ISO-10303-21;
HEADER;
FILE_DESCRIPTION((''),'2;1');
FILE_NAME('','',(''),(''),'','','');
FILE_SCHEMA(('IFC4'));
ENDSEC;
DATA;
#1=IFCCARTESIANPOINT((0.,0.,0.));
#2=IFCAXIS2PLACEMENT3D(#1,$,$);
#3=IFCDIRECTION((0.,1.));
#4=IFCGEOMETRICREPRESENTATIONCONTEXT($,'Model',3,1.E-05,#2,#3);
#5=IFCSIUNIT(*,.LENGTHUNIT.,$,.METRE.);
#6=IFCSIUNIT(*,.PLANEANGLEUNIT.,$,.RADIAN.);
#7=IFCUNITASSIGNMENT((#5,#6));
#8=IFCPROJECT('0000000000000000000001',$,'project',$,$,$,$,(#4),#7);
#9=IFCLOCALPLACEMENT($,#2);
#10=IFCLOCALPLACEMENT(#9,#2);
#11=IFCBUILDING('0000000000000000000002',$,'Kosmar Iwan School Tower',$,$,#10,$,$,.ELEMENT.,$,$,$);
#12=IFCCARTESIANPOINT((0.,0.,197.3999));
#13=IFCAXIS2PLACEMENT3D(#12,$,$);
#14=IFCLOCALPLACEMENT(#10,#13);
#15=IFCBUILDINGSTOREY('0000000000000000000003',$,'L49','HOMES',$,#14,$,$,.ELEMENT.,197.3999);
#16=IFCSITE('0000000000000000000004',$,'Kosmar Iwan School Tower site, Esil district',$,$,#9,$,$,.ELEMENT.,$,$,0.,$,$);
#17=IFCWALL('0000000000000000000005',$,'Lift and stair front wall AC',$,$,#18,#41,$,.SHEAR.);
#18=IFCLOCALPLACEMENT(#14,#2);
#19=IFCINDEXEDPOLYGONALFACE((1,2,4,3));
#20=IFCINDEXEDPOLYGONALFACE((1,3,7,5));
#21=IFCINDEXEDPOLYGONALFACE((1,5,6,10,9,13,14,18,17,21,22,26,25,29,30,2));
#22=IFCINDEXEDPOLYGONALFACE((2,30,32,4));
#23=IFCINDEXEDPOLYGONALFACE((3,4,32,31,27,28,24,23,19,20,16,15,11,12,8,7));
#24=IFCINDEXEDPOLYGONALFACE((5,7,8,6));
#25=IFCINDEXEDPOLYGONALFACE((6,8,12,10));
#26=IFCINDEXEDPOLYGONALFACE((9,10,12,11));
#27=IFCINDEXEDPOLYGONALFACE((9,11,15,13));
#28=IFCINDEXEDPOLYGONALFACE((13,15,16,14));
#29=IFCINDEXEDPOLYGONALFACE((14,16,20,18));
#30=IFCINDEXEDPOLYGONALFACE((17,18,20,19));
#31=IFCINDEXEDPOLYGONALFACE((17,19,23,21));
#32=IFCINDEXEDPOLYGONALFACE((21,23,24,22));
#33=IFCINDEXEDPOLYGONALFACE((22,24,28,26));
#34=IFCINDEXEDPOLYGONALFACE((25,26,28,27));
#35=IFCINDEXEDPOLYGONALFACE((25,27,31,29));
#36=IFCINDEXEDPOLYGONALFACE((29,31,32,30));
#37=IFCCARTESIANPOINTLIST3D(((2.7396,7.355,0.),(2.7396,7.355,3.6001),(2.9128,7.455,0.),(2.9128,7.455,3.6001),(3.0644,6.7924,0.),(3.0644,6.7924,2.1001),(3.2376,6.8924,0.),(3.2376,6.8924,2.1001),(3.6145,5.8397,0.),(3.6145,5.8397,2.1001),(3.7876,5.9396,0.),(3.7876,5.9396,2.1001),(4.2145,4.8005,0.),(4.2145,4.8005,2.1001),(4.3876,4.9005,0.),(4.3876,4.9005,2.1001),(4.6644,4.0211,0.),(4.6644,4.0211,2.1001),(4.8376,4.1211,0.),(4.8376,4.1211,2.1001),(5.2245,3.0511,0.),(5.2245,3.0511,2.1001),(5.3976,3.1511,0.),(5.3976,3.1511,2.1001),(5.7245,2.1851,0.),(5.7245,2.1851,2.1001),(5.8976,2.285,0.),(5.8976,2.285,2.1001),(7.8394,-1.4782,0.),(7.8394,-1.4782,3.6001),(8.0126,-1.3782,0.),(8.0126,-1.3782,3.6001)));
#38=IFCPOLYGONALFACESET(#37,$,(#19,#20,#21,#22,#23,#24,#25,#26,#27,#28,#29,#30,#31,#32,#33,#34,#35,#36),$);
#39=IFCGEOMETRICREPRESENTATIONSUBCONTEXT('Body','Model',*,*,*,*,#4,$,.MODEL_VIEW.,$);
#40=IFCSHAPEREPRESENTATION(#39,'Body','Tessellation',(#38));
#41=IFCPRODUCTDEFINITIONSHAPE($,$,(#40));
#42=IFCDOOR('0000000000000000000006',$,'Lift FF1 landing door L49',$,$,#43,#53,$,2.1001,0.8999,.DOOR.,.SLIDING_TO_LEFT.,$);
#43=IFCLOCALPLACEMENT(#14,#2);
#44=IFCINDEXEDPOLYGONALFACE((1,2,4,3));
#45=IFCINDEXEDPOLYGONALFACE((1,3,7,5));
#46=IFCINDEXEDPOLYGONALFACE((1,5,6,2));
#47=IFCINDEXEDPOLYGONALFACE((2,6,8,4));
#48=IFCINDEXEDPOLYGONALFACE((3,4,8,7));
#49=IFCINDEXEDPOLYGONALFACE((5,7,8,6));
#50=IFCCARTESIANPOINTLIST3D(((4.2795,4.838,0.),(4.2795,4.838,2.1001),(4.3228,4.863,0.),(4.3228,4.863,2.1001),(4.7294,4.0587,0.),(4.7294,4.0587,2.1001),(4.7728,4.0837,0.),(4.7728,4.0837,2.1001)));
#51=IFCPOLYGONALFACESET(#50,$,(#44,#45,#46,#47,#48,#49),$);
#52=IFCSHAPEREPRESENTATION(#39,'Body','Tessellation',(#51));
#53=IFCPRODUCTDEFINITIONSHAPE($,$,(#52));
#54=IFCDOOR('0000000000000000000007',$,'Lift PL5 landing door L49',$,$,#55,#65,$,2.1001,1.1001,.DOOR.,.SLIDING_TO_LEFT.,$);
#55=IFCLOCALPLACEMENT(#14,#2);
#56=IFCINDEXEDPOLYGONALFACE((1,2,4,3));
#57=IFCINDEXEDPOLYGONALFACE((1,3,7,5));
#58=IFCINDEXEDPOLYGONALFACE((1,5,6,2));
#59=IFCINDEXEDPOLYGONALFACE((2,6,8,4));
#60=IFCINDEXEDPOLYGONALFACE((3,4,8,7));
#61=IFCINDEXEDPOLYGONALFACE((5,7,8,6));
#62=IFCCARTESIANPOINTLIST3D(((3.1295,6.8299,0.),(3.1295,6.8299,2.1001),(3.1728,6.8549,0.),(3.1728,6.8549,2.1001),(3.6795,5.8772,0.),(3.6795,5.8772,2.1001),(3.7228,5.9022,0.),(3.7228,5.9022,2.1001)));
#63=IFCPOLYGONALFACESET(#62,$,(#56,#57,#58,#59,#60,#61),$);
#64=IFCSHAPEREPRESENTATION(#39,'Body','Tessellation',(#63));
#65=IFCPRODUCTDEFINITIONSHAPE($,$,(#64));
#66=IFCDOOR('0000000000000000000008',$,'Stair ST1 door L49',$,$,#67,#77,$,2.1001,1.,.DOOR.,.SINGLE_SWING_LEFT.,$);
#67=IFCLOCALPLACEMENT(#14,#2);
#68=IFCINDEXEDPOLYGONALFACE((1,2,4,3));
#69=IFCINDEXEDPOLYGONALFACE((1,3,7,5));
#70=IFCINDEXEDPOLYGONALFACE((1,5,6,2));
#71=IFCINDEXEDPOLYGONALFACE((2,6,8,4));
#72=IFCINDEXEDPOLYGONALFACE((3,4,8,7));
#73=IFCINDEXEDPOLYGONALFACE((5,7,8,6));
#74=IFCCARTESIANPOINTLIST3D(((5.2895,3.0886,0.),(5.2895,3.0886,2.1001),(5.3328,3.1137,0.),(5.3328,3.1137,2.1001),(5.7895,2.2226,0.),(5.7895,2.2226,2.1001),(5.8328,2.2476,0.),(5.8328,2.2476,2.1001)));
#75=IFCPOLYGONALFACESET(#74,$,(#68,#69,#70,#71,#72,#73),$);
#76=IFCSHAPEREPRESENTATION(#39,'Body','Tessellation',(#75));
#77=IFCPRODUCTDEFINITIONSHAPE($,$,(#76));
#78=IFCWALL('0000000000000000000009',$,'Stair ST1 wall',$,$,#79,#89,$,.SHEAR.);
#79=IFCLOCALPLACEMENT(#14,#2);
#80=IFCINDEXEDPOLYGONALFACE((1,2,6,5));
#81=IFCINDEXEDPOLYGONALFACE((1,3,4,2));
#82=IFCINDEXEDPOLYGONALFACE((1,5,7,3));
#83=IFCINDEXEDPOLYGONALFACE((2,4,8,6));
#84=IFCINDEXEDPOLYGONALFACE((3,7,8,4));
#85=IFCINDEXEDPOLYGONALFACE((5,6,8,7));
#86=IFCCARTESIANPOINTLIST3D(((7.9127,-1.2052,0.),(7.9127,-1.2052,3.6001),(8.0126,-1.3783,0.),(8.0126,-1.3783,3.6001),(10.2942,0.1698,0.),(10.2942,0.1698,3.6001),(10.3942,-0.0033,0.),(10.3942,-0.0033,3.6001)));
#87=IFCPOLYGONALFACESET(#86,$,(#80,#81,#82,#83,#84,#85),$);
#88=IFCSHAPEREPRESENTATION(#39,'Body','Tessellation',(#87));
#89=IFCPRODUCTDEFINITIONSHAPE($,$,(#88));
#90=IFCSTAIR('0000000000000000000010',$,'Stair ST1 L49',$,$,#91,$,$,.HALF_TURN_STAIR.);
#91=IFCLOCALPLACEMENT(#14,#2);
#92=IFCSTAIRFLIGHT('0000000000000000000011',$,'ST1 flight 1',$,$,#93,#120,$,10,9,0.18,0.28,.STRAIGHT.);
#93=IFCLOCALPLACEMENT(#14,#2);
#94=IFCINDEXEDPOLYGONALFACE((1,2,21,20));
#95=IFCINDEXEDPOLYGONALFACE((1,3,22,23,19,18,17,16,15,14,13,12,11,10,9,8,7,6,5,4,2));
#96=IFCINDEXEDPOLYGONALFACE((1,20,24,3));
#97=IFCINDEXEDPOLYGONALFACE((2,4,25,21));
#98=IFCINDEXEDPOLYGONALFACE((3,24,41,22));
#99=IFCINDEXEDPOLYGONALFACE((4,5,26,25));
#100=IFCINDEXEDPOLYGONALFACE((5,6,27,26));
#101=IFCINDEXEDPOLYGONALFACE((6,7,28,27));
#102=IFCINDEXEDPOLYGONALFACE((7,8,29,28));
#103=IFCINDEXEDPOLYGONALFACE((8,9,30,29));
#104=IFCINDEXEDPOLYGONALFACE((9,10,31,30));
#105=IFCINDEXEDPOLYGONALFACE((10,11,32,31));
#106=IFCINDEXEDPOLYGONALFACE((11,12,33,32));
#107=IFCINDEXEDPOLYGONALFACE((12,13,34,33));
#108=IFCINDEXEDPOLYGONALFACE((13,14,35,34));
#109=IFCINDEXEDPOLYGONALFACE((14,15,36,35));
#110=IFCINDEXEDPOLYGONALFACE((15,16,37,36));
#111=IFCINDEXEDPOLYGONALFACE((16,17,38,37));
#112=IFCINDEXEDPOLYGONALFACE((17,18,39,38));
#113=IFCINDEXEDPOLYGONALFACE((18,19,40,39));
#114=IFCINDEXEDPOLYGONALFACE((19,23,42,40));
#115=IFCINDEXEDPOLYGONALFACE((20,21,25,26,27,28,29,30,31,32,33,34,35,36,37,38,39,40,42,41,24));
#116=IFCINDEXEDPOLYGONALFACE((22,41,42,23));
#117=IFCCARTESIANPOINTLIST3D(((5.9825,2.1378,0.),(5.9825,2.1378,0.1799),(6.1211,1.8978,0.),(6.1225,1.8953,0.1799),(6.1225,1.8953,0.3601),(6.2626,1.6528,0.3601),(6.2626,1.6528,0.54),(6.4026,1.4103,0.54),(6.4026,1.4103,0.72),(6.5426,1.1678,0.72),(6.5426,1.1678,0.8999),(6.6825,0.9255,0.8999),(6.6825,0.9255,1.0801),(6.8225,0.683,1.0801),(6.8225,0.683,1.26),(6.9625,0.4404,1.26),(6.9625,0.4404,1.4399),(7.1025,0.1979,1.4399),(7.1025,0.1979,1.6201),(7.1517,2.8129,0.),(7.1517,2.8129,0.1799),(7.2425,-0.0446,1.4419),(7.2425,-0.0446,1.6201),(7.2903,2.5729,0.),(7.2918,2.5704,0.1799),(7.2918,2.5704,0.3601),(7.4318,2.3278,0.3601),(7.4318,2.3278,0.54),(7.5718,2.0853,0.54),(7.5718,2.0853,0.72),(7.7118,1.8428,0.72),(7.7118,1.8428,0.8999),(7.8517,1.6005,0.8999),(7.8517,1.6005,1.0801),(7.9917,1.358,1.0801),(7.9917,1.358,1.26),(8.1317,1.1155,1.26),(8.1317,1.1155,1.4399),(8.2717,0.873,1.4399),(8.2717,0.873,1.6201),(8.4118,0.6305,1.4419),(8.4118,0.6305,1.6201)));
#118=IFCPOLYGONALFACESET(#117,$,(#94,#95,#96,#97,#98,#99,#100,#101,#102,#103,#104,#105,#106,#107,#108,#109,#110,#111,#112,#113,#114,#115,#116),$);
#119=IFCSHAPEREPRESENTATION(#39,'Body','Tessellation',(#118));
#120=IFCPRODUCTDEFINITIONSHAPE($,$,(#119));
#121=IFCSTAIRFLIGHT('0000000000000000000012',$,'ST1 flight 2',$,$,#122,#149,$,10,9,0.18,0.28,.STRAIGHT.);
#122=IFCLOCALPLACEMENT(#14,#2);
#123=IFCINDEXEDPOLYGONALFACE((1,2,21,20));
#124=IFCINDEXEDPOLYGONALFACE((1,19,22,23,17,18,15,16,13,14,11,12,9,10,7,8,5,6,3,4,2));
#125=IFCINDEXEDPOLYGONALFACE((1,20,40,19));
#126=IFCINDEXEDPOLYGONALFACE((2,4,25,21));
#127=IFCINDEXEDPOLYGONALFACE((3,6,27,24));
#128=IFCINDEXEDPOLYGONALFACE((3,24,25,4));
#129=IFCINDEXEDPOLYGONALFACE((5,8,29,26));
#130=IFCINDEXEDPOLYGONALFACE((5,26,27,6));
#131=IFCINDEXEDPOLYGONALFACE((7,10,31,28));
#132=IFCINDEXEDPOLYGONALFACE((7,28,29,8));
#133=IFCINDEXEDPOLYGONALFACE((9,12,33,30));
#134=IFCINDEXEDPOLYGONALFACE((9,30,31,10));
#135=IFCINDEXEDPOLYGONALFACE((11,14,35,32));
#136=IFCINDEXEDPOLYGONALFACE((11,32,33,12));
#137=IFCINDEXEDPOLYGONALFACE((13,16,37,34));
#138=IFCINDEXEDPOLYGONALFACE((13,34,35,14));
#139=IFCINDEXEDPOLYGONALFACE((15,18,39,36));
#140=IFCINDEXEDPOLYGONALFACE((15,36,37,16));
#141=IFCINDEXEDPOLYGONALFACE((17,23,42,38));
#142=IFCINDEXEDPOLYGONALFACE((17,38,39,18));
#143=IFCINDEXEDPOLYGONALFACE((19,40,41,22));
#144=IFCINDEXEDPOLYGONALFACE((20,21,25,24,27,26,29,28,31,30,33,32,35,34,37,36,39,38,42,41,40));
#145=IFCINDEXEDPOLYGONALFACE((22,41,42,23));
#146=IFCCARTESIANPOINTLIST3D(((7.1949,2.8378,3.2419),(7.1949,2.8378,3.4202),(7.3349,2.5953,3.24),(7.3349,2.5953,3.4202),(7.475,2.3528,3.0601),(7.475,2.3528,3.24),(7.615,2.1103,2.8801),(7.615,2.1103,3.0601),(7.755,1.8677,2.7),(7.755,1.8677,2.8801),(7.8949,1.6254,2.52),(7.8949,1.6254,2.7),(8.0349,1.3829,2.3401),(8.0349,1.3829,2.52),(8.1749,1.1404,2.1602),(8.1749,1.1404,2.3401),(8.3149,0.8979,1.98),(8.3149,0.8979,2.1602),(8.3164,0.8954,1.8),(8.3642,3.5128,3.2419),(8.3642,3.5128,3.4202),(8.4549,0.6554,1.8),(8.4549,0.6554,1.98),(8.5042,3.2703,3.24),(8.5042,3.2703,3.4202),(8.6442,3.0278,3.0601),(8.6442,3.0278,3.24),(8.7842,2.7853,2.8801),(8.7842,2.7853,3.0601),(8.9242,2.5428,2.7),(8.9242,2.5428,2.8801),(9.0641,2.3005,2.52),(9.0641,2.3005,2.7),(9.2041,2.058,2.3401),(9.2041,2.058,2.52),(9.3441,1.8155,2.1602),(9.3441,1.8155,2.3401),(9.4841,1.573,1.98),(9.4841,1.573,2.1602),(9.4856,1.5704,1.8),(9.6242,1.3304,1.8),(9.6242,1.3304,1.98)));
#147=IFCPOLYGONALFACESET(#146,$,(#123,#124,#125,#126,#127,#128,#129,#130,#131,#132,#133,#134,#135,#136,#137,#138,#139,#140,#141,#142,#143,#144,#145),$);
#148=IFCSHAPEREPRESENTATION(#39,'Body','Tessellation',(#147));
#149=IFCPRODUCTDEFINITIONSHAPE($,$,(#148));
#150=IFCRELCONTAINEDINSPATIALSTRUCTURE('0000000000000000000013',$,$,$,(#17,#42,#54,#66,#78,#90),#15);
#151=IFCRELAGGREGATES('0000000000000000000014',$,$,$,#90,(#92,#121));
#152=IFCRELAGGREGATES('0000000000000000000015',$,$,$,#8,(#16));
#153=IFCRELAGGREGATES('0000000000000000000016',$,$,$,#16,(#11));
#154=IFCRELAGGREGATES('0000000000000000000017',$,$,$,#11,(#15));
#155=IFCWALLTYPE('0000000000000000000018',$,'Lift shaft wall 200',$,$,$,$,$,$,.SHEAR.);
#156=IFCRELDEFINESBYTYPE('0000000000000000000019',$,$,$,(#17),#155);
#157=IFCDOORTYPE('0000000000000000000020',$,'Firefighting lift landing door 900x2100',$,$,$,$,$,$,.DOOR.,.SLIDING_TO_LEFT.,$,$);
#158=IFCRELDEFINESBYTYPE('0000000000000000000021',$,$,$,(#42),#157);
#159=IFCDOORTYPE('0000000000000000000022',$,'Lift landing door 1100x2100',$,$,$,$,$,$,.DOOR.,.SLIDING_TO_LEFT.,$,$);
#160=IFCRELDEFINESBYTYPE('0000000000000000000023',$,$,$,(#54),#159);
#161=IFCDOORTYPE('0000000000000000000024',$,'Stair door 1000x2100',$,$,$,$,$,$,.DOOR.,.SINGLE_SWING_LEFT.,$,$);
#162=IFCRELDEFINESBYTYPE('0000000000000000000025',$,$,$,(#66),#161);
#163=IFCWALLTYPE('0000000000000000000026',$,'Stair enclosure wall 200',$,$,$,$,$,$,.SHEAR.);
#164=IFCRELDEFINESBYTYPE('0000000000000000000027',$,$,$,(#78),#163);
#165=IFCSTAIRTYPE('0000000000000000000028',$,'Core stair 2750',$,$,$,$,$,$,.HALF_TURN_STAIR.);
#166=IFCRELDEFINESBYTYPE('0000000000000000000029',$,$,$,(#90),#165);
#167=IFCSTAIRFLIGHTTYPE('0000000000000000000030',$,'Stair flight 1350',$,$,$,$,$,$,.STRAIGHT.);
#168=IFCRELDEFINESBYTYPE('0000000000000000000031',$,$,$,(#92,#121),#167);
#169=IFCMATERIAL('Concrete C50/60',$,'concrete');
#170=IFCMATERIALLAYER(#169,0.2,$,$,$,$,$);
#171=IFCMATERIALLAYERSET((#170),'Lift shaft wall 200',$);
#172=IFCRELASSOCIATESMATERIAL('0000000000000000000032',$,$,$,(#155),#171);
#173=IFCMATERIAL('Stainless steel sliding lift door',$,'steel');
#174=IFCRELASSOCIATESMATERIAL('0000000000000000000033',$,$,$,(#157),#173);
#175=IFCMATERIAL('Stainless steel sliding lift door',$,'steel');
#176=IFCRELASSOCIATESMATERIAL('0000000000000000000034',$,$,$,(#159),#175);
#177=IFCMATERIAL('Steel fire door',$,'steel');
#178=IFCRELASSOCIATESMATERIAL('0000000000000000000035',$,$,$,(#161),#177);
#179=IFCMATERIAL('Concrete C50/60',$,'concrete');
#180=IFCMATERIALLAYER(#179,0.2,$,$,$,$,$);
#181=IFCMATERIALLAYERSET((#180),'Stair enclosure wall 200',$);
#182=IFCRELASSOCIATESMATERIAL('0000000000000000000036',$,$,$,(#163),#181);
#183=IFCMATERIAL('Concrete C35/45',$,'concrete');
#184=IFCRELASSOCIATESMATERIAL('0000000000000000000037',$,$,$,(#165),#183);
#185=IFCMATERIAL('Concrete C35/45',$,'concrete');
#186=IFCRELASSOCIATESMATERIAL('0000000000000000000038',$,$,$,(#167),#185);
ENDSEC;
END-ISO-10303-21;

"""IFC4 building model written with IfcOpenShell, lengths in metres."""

from ifc_helpers import new_model, si_unit, direction, frame, frame_2d, origin, place, context, subcontext, project, spatial, polyline, rectangle, outline, extrude, material, layer, layer_set, type_object, element, fill, aggregate, save


model = new_model("IFC4")

# Units and contexts
model_context = context("Model", 3, precision=1e-05, world=origin(), true_north=direction((0.0, 1.0)))
body_context = subcontext(model_context, "Body", "Model", "MODEL_VIEW")
ifc_project = project(units=[si_unit("LENGTHUNIT", "METRE"), si_unit("PLANEANGLEUNIT", "RADIAN")], contexts=[model_context])

# Site, building, storey
site_placement = place(None, origin())
site = spatial("IfcSite", under=ifc_project, at=site_placement, Name="Kosmar Iwan School Tower site, Esil district", CompositionType="ELEMENT", RefElevation=0.0)
building_placement = place(site_placement, origin())
building = spatial("IfcBuilding", under=site, at=building_placement, Name="Kosmar Iwan School Tower", CompositionType="ELEMENT")
storey_placement = place(building_placement, frame((0.0, 0.0, 197.3999)))
storey = spatial("IfcBuildingStorey", under=building, at=storey_placement, Name="L49", Description="HOMES", CompositionType="ELEMENT", Elevation=197.3999)

# Wall, openings, doors
ifc_material_1 = material(Name="Concrete C50/60", Category="concrete")
ifc_layer_1 = layer(ifc_material_1, 0.2)
ifc_layer_set_1 = layer_set([ifc_layer_1], Name="Lift shaft wall 200")
wall_type_1 = type_object("IfcWallType", Name="Lift shaft wall 200", PredefinedType="SHEAR", material=ifc_layer_set_1)
wall_1_placement = place(storey_placement, frame((7.926, -1.4282, 0.0), z_axis=(0.0, 0.0, 1.0), x_axis=(-0.499998, 0.866027, 0.0)))
wall_1 = element("IfcWall", 1, at=wall_1_placement, inside=storey, type_object=wall_type_1, Name="Lift and stair front wall AC", PredefinedType="SHEAR", context=body_context, shape_type="SweptSolid", body=[
    extrude(rectangle(XDim=10.1997, YDim=0.2, at=frame_2d((5.0999, 0.0))), origin(), (0.0, 0.0, 1.0), 3.6001),
])
opening_1_placement = place(wall_1_placement, frame((6.3501, 0.0, 0.0)))
opening_1 = element("IfcOpeningElement", 2, at=opening_1_placement, cuts=wall_1, PredefinedType="OPENING", context=body_context, shape_type="SweptSolid", body=[
    extrude(rectangle(XDim=0.8999, YDim=2.1001, at=frame_2d((0.45, 1.05))), frame((0.0, 0.1121, 0.0), z_axis=(0.0, -1.0, 0.0), x_axis=(1.0, 0.0, 0.0)), (0.0, 0.0, 1.0), 0.2239),
])
opening_2_placement = place(wall_1_placement, frame((8.45, 0.0, 0.0)))
opening_2 = element("IfcOpeningElement", 3, at=opening_2_placement, cuts=wall_1, PredefinedType="OPENING", context=body_context, shape_type="SweptSolid", body=[
    extrude(rectangle(XDim=1.1001, YDim=2.1001, at=frame_2d((0.55, 1.05))), frame((0.0, 0.1121, 0.0), z_axis=(0.0, -1.0, 0.0), x_axis=(1.0, 0.0, 0.0)), (0.0, 0.0, 1.0), 0.2239),
])
opening_3_placement = place(wall_1_placement, frame((4.23, 0.0, 0.0)))
opening_3 = element("IfcOpeningElement", 4, at=opening_3_placement, cuts=wall_1, PredefinedType="OPENING", context=body_context, shape_type="SweptSolid", body=[
    extrude(rectangle(XDim=1.0, YDim=2.1001, at=frame_2d((0.5, 1.05))), frame((0.0, 0.1121, 0.0), z_axis=(0.0, -1.0, 0.0), x_axis=(1.0, 0.0, 0.0)), (0.0, 0.0, 1.0), 0.2239),
])
ifc_material_2 = material(Name="Stainless steel sliding lift door", Category="steel")
door_type_1 = type_object("IfcDoorType", Name="Firefighting lift landing door 900x2100", OperationType="SLIDING_TO_LEFT", PredefinedType="DOOR", material=ifc_material_2)
door_1_placement = place(opening_1_placement, origin())
door_1 = element("IfcDoor", 5, at=door_1_placement, inside=storey, type_object=door_type_1, Name="Lift FF1 landing door L49", OperationType="SLIDING_TO_LEFT", OverallHeight=2.1001, OverallWidth=0.8999, PredefinedType="DOOR", context=body_context, shape_type="SweptSolid", body=[
    extrude(rectangle(XDim=0.8999, YDim=2.1001, at=frame_2d((0.45, 1.05))), frame((0.0, 0.0249, 0.0), z_axis=(0.0, -1.0, 0.0), x_axis=(1.0, 0.0, 0.0)), (0.0, 0.0, 1.0), 0.05),
])
fill(opening_1, door_1)
ifc_material_3 = material(Name="Stainless steel sliding lift door", Category="steel")
door_type_2 = type_object("IfcDoorType", Name="Lift landing door 1100x2100", OperationType="SLIDING_TO_LEFT", PredefinedType="DOOR", material=ifc_material_3)
door_2_placement = place(opening_2_placement, origin())
door_2 = element("IfcDoor", 6, at=door_2_placement, inside=storey, type_object=door_type_2, Name="Lift PL5 landing door L49", OperationType="SLIDING_TO_LEFT", OverallHeight=2.1001, OverallWidth=1.1001, PredefinedType="DOOR", context=body_context, shape_type="SweptSolid", body=[
    extrude(rectangle(XDim=1.1001, YDim=2.1001, at=frame_2d((0.55, 1.05))), frame((0.0, 0.0249, 0.0), z_axis=(0.0, -1.0, 0.0), x_axis=(1.0, 0.0, 0.0)), (0.0, 0.0, 1.0), 0.05),
])
fill(opening_2, door_2)
ifc_material_4 = material(Name="Steel fire door", Category="steel")
door_type_3 = type_object("IfcDoorType", Name="Stair door 1000x2100", OperationType="SINGLE_SWING_LEFT", PredefinedType="DOOR", material=ifc_material_4)
door_3_placement = place(opening_3_placement, origin())
door_3 = element("IfcDoor", 7, at=door_3_placement, inside=storey, type_object=door_type_3, Name="Stair ST1 door L49", OperationType="SINGLE_SWING_LEFT", OverallHeight=2.1001, OverallWidth=1.0, PredefinedType="DOOR", context=body_context, shape_type="SweptSolid", body=[
    extrude(rectangle(XDim=1.0, YDim=2.1001, at=frame_2d((0.5, 1.05))), frame((0.0, 0.0249, 0.0), z_axis=(0.0, -1.0, 0.0), x_axis=(1.0, 0.0, 0.0)), (0.0, 0.0, 1.0), 0.05),
])
fill(opening_3, door_3)

# Wall
ifc_material_5 = material(Name="Concrete C50/60", Category="concrete")
ifc_layer_2 = layer(ifc_material_5, 0.2)
ifc_layer_set_2 = layer_set([ifc_layer_2], Name="Stair enclosure wall 200")
wall_type_2 = type_object("IfcWallType", Name="Stair enclosure wall 200", PredefinedType="SHEAR", material=ifc_layer_set_2)
wall_2_placement = place(storey_placement, frame((7.9626, -1.2917, 0.0), z_axis=(0.0, 0.0, 1.0), x_axis=(0.866027, 0.499997, 0.0)))
element("IfcWall", 8, at=wall_2_placement, inside=storey, type_object=wall_type_2, Name="Stair ST1 wall", PredefinedType="SHEAR", context=body_context, shape_type="SweptSolid", body=[
    extrude(rectangle(XDim=2.75, YDim=0.2, at=frame_2d((1.375, 0.0))), origin(), (0.0, 0.0, 1.0), 3.6001),
])

# Stair, stair flights
ifc_material_6 = material(Name="Concrete C35/45", Category="concrete")
stair_type = type_object("IfcStairType", Name="Core stair 2750", PredefinedType="HALF_TURN_STAIR", material=ifc_material_6)
stair_placement = place(storey_placement, origin())
stair = element("IfcStair", 9, at=stair_placement, inside=storey, type_object=stair_type, Name="Stair ST1 L49", PredefinedType="HALF_TURN_STAIR")
ifc_material_7 = material(Name="Concrete C35/45", Category="concrete")
stair_flight_type = type_object("IfcStairFlightType", Name="Stair flight 1350", PredefinedType="STRAIGHT", material=ifc_material_7)
stair_flight_1_placement = place(storey_placement, frame((6.5671, 2.4753, 0.0), z_axis=(0.0, 0.0, 1.0), x_axis=(0.5, -0.866025, 0.0)))
stair_flight_1 = element("IfcStairFlight", 10, at=stair_flight_1_placement, type_object=stair_flight_type, Name="ST1 flight 1", NumberOfRisers=10, NumberOfTreads=9, PredefinedType="STRAIGHT", RiserHeight=0.18, TreadLength=0.28, context=body_context, shape_type="SweptSolid", body=[
    extrude(outline(polyline([(0.0, 0.0), (0.0, 0.1799), (0.28, 0.1799), (0.28, 0.3601), (0.5601, 0.3601), (0.5601, 0.54), (0.8401, 0.54), (0.8401, 0.72), (1.1201, 0.72), (1.1201, 0.8999), (1.3999, 0.8999), (1.3999, 1.0801), (1.6799, 1.0801), (1.6799, 1.26), (1.96, 1.26), (1.96, 1.4399), (2.24, 1.4399), (2.24, 1.6201), (2.52, 1.6201), (2.52, 1.8), (2.52, 1.4419), (0.2771, 0.0), (0.0, 0.0)])), frame((0.0, 0.675, 0.0), z_axis=(0.0, -1.0, 0.0), x_axis=(1.0, 0.0, 0.0)), (0.0, 0.0, 1.0), 1.3501),
])
stair_flight_2_placement = place(storey_placement, frame((9.0396, 0.9929, 1.8), z_axis=(0.0, 0.0, 1.0), x_axis=(-0.5, 0.866025, 0.0)))
stair_flight_2 = element("IfcStairFlight", 11, at=stair_flight_2_placement, type_object=stair_flight_type, Name="ST1 flight 2", NumberOfRisers=10, NumberOfTreads=9, PredefinedType="STRAIGHT", RiserHeight=0.18, TreadLength=0.28, context=body_context, shape_type="SweptSolid", body=[
    extrude(outline(polyline([(0.0, 0.0), (0.0, 0.1799), (0.28, 0.1799), (0.28, 0.3601), (0.5601, 0.3601), (0.5601, 0.54), (0.8401, 0.54), (0.8401, 0.72), (1.1201, 0.72), (1.1201, 0.8999), (1.3999, 0.8999), (1.3999, 1.0801), (1.6799, 1.0801), (1.6799, 1.26), (1.96, 1.26), (1.96, 1.4399), (2.24, 1.4399), (2.24, 1.6201), (2.52, 1.6201), (2.52, 1.8), (2.52, 1.4419), (0.2771, 0.0), (0.0, 0.0)])), frame((0.0, 0.675, 0.0), z_axis=(0.0, -1.0, 0.0), x_axis=(1.0, 0.0, 0.0)), (0.0, 0.0, 1.0), 1.3501),
])
aggregate(stair, [stair_flight_1, stair_flight_2])

save(model, "model.ifc")
